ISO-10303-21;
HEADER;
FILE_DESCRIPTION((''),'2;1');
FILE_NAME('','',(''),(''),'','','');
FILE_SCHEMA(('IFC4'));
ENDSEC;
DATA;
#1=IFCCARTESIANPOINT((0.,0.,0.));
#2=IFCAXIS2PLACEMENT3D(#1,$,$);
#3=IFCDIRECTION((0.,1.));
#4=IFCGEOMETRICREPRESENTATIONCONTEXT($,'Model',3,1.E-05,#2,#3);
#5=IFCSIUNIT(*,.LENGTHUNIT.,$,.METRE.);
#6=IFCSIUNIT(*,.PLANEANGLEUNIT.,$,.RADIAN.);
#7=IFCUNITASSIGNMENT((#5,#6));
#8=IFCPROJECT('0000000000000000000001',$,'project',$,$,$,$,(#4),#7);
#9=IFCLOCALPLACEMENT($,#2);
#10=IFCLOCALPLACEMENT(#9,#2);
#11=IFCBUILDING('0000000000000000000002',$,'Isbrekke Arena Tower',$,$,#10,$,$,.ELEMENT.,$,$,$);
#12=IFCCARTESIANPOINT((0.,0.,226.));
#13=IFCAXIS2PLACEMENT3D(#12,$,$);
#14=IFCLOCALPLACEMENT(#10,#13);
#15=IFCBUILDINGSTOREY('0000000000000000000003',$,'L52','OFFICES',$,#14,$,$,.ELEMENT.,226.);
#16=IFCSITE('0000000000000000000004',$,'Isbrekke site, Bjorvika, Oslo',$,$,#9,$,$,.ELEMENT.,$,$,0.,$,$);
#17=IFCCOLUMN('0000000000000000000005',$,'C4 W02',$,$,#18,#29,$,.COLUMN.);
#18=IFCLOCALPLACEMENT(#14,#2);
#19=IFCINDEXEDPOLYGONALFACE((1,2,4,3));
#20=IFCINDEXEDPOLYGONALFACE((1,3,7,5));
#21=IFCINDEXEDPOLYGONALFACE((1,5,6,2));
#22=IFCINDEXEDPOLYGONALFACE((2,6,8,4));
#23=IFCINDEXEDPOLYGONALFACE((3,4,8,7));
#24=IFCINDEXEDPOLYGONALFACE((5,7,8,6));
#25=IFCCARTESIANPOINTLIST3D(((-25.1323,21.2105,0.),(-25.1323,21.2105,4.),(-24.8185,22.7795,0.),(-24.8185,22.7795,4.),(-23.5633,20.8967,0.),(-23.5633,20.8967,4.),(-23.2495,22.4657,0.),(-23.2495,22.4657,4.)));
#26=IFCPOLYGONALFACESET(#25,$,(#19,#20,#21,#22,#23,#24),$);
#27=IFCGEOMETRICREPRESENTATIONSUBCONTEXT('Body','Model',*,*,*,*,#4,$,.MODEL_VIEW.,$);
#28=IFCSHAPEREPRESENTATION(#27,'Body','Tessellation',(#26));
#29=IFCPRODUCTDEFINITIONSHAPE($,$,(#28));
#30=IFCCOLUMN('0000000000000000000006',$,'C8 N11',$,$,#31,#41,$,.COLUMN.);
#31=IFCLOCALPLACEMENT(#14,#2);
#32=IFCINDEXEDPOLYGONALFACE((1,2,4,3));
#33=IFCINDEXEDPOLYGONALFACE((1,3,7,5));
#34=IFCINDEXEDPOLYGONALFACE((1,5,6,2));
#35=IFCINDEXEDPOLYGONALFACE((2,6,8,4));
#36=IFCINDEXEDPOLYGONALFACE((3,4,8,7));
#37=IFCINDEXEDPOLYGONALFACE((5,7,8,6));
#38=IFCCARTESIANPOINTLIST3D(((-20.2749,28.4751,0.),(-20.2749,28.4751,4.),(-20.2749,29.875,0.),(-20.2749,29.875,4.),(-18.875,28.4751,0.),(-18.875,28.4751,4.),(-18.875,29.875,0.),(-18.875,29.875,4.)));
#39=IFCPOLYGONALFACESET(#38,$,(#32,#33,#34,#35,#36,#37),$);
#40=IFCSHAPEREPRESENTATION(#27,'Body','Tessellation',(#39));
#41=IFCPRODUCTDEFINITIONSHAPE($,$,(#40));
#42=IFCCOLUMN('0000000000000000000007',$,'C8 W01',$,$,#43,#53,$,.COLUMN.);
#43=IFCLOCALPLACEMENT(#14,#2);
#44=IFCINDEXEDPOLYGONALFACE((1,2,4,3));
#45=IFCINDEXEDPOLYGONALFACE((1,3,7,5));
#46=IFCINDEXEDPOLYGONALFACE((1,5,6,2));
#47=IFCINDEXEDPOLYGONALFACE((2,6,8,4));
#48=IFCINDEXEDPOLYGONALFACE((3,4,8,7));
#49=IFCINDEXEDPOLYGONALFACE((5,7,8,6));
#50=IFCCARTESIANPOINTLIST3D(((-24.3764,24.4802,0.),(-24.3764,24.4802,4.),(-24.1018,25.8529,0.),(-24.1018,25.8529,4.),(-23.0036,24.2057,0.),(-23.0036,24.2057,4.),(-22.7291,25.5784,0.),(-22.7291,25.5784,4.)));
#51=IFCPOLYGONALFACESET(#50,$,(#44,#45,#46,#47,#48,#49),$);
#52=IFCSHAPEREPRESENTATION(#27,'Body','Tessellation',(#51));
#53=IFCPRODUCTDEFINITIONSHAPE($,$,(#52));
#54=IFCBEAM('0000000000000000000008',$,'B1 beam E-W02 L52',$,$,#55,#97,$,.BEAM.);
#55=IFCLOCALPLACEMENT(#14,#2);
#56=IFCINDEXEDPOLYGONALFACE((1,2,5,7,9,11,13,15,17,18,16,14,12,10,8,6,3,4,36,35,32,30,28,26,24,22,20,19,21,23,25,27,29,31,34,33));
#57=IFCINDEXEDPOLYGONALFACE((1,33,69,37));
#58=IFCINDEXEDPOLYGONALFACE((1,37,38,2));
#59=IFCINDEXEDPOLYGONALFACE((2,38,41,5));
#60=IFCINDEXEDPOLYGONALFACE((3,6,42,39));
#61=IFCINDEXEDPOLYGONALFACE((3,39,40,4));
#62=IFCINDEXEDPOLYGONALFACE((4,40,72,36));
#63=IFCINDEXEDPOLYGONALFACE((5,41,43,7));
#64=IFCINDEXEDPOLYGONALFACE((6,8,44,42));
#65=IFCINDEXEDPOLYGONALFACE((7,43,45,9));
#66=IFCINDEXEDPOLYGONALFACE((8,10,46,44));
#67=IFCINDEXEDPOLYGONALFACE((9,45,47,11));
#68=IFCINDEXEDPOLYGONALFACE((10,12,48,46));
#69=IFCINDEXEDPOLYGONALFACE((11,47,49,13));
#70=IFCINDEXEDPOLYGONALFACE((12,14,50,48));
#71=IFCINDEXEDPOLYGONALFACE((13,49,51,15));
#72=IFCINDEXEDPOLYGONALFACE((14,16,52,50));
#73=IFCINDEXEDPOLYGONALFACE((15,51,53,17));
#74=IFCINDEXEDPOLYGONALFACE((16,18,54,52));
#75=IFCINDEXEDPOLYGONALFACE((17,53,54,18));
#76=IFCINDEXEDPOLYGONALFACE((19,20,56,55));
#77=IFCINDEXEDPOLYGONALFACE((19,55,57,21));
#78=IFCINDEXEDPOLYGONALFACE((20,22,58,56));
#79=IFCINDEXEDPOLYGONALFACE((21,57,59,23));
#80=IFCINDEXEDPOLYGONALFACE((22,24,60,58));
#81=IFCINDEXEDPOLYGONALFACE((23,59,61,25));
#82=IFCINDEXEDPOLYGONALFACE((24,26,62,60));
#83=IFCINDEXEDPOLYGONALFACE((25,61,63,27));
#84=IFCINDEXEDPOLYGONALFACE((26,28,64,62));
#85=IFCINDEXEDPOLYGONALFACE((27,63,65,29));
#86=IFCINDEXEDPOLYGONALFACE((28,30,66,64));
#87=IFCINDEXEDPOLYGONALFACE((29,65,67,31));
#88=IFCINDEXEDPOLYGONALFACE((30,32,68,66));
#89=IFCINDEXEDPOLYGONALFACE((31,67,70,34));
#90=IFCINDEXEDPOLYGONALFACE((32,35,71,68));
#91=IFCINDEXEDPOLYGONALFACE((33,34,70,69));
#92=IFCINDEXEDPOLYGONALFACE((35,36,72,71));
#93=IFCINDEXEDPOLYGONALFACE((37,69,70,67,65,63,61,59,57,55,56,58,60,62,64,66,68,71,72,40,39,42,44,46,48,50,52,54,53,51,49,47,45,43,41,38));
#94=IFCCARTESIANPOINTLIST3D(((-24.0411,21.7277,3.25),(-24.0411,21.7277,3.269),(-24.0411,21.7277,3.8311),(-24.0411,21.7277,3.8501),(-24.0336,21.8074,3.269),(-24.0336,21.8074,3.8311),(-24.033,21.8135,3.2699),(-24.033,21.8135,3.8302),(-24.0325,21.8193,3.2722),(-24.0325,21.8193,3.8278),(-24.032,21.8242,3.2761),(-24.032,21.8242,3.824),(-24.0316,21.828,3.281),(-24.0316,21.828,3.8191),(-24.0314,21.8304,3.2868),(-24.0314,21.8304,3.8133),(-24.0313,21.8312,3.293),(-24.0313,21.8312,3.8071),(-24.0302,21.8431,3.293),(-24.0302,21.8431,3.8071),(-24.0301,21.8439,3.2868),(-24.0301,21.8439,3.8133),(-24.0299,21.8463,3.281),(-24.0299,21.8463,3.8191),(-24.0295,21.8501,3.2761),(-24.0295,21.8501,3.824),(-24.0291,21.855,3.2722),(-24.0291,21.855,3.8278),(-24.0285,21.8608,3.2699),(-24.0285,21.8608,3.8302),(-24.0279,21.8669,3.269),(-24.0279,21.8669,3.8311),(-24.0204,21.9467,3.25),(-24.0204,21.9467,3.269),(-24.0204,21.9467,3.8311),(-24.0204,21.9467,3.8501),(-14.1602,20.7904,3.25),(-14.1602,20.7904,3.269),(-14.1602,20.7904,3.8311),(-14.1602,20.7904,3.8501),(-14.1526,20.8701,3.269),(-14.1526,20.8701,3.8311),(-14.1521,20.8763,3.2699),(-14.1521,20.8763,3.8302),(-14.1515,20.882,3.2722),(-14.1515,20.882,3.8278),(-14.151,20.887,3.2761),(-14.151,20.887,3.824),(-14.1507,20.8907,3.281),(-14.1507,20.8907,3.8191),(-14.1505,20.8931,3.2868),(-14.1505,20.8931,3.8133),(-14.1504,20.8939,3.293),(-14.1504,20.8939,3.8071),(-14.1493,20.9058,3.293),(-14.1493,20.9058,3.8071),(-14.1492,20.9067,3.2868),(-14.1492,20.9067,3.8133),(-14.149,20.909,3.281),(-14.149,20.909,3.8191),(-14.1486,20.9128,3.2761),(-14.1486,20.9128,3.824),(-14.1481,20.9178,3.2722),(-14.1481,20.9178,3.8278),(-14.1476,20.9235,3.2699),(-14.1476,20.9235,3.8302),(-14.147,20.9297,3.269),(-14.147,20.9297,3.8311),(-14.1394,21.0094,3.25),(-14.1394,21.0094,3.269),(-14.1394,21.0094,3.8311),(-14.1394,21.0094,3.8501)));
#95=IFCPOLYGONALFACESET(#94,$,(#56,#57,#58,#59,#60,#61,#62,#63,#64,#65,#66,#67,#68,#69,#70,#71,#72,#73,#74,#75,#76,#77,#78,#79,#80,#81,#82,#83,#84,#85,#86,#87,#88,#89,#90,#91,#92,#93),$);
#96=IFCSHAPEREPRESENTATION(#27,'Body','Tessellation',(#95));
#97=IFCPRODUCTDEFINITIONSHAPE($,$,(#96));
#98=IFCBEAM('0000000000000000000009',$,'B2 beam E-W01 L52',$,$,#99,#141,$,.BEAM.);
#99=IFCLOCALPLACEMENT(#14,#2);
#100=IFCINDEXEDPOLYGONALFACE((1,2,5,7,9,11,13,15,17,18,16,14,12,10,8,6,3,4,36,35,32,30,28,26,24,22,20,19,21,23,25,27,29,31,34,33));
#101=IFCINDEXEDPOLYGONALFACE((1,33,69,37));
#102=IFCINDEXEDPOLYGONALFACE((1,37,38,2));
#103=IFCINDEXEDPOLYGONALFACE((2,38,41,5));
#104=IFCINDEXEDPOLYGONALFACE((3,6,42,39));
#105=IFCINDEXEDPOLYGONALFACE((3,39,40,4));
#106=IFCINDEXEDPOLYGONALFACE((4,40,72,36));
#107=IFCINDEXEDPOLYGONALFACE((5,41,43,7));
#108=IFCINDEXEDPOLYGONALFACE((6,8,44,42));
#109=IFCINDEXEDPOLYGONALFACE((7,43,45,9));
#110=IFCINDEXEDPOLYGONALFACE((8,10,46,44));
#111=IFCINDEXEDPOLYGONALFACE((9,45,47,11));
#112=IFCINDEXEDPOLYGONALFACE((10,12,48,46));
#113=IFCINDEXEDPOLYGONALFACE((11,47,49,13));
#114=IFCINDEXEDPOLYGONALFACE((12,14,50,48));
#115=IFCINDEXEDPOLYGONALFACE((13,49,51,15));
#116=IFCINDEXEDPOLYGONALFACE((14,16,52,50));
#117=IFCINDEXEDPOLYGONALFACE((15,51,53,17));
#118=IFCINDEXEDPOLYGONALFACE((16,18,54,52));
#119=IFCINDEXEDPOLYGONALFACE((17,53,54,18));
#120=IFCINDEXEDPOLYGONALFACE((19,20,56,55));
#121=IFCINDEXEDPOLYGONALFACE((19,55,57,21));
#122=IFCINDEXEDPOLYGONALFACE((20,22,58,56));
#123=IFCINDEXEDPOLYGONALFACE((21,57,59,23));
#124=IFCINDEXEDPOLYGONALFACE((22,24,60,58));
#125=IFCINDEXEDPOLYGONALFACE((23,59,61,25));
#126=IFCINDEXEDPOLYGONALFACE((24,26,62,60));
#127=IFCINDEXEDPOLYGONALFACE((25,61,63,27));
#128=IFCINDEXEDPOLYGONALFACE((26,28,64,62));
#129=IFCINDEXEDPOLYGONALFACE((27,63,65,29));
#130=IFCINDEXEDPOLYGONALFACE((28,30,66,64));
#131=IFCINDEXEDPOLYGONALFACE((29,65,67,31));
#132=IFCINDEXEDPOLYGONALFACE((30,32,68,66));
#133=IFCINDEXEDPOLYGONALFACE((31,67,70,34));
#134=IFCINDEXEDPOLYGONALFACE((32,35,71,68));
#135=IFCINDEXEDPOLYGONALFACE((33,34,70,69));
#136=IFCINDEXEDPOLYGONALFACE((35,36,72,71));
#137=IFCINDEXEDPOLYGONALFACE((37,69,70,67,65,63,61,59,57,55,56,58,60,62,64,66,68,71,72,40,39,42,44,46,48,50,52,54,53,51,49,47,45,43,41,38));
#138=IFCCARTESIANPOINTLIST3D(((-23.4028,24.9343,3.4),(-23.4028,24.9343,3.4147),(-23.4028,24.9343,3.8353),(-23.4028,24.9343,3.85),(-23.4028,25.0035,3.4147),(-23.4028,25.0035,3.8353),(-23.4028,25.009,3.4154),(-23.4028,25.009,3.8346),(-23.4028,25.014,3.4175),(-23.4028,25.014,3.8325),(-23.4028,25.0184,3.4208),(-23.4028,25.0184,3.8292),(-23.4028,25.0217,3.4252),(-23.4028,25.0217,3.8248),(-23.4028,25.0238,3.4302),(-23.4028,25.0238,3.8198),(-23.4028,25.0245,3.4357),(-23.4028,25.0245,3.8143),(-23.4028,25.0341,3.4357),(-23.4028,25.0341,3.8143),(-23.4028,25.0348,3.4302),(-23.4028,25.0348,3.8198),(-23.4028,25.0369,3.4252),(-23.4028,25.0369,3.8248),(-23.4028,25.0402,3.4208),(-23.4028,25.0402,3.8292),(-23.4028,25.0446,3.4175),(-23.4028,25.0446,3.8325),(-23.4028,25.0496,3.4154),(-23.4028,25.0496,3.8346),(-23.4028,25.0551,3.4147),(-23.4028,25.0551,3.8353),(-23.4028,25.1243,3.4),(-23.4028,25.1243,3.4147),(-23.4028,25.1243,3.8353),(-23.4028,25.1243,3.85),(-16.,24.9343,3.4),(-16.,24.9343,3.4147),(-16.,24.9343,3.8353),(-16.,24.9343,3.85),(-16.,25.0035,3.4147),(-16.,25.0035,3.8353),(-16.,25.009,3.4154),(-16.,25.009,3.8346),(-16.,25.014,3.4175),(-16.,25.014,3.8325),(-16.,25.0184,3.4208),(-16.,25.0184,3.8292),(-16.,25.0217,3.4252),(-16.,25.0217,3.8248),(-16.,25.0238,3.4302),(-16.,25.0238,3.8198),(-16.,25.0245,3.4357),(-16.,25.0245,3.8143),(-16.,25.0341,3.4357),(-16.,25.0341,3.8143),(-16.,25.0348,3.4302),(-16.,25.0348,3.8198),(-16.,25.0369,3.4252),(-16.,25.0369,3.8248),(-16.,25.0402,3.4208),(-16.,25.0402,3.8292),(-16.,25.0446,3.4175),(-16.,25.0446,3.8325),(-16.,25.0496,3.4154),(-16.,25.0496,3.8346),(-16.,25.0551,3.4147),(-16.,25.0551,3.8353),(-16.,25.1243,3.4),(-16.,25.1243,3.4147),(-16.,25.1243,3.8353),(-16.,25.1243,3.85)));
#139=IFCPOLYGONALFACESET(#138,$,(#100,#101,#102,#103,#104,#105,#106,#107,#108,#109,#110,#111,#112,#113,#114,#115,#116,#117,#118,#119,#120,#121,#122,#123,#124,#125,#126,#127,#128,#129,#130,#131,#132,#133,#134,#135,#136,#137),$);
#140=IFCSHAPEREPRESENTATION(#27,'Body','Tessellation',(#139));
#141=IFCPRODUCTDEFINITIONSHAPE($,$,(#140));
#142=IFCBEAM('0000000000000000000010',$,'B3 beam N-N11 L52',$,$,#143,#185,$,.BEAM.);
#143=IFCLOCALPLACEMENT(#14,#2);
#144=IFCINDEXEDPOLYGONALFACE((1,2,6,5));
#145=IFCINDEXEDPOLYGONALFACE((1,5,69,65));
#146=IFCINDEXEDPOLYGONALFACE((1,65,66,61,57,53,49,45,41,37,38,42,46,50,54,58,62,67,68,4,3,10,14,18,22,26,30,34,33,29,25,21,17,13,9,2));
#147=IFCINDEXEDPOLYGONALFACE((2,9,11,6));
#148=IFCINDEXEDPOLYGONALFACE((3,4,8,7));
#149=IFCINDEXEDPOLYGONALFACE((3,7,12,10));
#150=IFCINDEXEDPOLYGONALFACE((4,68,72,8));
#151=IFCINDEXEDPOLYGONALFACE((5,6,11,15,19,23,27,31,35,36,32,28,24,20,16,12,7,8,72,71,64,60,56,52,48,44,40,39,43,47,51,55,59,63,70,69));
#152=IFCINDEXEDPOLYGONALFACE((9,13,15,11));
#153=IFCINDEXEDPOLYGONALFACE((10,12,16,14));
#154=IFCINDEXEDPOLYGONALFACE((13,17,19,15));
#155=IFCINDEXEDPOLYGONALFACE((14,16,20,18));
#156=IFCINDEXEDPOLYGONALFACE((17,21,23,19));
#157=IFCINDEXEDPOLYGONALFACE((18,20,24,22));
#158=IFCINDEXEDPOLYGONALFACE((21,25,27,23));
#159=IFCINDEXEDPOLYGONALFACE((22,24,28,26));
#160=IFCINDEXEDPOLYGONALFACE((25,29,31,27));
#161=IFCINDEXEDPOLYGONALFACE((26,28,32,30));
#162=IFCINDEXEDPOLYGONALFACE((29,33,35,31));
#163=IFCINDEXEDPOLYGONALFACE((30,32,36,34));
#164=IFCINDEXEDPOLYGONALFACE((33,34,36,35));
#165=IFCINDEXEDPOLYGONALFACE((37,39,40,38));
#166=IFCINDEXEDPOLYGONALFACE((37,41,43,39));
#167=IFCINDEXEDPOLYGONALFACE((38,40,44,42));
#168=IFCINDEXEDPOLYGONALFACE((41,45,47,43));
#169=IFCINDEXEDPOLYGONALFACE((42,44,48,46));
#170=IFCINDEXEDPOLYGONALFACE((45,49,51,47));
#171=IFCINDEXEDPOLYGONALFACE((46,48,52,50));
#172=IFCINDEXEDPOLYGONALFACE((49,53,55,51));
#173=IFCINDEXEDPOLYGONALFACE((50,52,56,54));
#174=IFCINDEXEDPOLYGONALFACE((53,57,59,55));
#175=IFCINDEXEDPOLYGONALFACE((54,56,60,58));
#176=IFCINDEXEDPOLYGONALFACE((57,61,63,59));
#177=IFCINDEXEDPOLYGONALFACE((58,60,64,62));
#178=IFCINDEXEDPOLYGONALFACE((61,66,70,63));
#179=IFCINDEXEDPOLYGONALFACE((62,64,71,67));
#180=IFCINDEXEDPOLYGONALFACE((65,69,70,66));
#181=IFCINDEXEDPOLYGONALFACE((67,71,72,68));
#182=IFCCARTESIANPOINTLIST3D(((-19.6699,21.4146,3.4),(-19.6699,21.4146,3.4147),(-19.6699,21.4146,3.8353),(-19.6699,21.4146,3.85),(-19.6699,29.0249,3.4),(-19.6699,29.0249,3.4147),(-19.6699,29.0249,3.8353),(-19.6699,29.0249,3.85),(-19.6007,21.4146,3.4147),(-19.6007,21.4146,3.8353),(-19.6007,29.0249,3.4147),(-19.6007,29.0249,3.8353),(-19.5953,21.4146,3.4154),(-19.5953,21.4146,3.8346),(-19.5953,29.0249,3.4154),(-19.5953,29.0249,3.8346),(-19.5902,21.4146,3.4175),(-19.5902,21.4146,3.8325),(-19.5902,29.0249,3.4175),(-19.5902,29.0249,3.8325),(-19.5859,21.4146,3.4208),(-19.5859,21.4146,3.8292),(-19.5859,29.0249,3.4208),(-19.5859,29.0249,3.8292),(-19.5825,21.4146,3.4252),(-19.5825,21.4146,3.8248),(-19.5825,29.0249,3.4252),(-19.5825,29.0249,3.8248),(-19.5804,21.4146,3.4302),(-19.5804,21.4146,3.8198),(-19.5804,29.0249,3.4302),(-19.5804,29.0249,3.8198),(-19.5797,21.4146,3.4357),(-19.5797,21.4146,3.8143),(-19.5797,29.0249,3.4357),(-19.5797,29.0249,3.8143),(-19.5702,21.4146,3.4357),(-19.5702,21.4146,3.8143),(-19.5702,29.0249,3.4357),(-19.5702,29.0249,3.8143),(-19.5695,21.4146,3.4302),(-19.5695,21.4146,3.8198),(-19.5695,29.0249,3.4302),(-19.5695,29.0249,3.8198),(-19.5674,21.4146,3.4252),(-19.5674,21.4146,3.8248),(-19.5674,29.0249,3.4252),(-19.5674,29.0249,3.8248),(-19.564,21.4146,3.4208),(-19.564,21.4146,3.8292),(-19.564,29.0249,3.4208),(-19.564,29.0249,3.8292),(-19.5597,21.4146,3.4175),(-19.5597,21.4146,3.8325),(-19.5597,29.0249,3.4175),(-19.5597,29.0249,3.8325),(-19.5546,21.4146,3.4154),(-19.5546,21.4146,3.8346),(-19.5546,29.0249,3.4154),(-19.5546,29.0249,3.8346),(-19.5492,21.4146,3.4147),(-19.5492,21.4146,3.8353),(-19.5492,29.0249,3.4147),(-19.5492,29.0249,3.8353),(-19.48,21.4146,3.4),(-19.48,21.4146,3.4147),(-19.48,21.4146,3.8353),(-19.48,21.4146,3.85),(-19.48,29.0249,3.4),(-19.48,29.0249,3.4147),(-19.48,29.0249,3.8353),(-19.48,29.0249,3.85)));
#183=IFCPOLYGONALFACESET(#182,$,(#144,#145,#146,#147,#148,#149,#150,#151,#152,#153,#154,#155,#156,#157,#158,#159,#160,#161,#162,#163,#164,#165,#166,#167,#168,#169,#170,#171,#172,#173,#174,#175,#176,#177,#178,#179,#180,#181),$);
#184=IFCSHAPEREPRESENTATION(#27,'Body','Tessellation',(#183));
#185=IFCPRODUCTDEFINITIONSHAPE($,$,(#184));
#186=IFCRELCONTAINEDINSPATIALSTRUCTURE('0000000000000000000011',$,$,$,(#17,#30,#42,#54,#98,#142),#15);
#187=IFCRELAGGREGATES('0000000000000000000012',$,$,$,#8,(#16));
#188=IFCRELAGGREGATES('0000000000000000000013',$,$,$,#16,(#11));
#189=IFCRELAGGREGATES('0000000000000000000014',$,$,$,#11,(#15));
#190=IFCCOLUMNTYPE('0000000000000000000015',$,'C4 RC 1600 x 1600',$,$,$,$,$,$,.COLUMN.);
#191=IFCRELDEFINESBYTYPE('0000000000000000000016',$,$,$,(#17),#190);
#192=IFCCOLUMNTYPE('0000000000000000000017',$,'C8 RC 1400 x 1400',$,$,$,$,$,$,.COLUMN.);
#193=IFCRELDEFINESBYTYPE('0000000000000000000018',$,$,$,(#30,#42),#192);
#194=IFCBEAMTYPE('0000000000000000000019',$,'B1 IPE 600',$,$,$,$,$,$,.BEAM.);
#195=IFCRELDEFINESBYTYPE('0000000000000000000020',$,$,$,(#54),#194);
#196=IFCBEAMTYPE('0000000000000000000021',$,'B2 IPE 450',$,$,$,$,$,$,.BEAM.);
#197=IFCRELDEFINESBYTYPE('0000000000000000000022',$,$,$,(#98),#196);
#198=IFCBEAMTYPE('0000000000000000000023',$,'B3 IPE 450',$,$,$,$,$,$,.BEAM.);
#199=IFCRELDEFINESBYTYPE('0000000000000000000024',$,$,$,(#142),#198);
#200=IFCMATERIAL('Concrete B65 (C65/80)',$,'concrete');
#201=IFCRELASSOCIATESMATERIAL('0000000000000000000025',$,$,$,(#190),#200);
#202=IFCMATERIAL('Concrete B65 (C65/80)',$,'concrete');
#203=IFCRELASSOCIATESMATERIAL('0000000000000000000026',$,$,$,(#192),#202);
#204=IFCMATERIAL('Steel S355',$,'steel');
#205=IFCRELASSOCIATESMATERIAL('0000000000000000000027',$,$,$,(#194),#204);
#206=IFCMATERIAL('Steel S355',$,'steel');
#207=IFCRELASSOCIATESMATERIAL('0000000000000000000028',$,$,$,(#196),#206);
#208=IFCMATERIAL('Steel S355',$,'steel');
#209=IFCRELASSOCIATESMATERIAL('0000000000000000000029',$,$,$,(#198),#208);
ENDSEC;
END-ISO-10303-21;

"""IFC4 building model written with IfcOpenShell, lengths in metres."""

from ifc_helpers import new_model, si_unit, direction, frame, origin, origin_2d, place, context, subcontext, project, spatial, rectangle, i_section, extrude, material, material_profile, profile_set, type_object, element, save


model = new_model("IFC4")

# Units and contexts
model_context = context("Model", 3, precision=1e-05, world=origin(), true_north=direction((0.0, 1.0)))
body_context = subcontext(model_context, "Body", "Model", "MODEL_VIEW")
ifc_project = project(units=[si_unit("LENGTHUNIT", "METRE"), si_unit("PLANEANGLEUNIT", "RADIAN")], contexts=[model_context])

# Site, building, storey
site_placement = place(None, origin())
site = spatial("IfcSite", under=ifc_project, at=site_placement, Name="Isbrekke site, Bjorvika, Oslo", CompositionType="ELEMENT", RefElevation=0.0)
building_placement = place(site_placement, origin())
building = spatial("IfcBuilding", under=site, at=building_placement, Name="Isbrekke Arena Tower", CompositionType="ELEMENT")
storey_placement = place(building_placement, frame((0.0, 0.0, 226.0)))
storey = spatial("IfcBuildingStorey", under=building, at=storey_placement, Name="L52", Description="OFFICES", CompositionType="ELEMENT", Elevation=226.0)

# Columns
ifc_material_1 = material(Name="Concrete B65 (C65/80)", Category="concrete")
ifc_material_profile_1 = material_profile(ifc_material_1, rectangle(XDim=1.6001, YDim=1.6001, at=origin_2d()), Name="RC 1600x1600")
ifc_profile_set_1 = profile_set([ifc_material_profile_1], Name="Concrete B65 (C65/80)")
column_type_1 = type_object("IfcColumnType", Name="C4 RC 1600 x 1600", PredefinedType="COLUMN", material=ifc_profile_set_1)
column_placement = place(storey_placement, frame((-24.1909, 21.8381, 0.0), z_axis=(0.0, 0.0, 1.0), x_axis=(-0.196116, -0.980581, 0.0)))
element("IfcColumn", 1, at=column_placement, inside=storey, type_object=column_type_1, Name="C4 W02", PredefinedType="COLUMN", context=body_context, shape_type="SweptSolid", body=[
    extrude(rectangle(XDim=1.6001, YDim=1.6001, at=origin_2d()), origin(), (0.0, 0.0, 1.0), 4.0),
])
ifc_material_2 = material(Name="Concrete B65 (C65/80)", Category="concrete")
ifc_material_profile_2 = material_profile(ifc_material_2, rectangle(XDim=1.3999, YDim=1.3999, at=origin_2d()), Name="RC 1400x1400")
ifc_profile_set_2 = profile_set([ifc_material_profile_2], Name="Concrete B65 (C65/80)")
column_type_2 = type_object("IfcColumnType", Name="C8 RC 1400 x 1400", PredefinedType="COLUMN", material=ifc_profile_set_2)
for number, where, z_axis, x_axis, name in (
    (2, (-19.575, 29.175, 0.0), (0.0, 0.0, 1.0), (-1.0, 0.0, 0.0), "C8 N11"),
    (3, (-23.5527, 25.0293, 0.0), (0.0, 0.0, 1.0), (-0.196116, -0.980581, 0.0), "C8 W01"),
):
    element("IfcColumn", number, at=place(storey_placement, frame(where, z_axis=z_axis, x_axis=x_axis)), inside=storey, type_object=column_type_2, Name=name, PredefinedType="COLUMN", context=body_context, shape_type="SweptSolid", body=[
        extrude(rectangle(XDim=1.3999, YDim=1.3999, at=origin_2d()), origin(), (0.0, 0.0, 1.0), 4.0),
    ])

# Beams
ifc_material_3 = material(Name="Steel S355", Category="steel")
ifc_material_profile_3 = material_profile(ifc_material_3, i_section(OverallWidth=0.22, OverallDepth=0.6001, WebThickness=0.012, FlangeThickness=0.019, FilletRadius=0.0239, at=origin_2d()), Name="IPE 600")
ifc_profile_set_3 = profile_set([ifc_material_profile_3], Name="Steel S355")
beam_type_1 = type_object("IfcBeamType", Name="B1 IPE 600", PredefinedType="BEAM", material=ifc_profile_set_3)
beam_1_placement = place(storey_placement, frame((-24.0308, 21.8372, 3.55), z_axis=(0.995531, -0.094432, 0.0), x_axis=(0.094432, 0.995531, 0.0)))
element("IfcBeam", 4, at=beam_1_placement, inside=storey, type_object=beam_type_1, Name="B1 beam E-W02 L52", PredefinedType="BEAM", context=body_context, shape_type="SweptSolid", body=[
    extrude(i_section(OverallWidth=0.22, OverallDepth=0.6001, WebThickness=0.012, FlangeThickness=0.019, FilletRadius=0.0239, at=origin_2d()), origin(), (0.0, 0.0, 1.0), 9.9253),
])
ifc_material_4 = material(Name="Steel S355", Category="steel")
ifc_material_profile_4 = material_profile(ifc_material_4, i_section(OverallWidth=0.1899, OverallDepth=0.45, WebThickness=0.0095, FlangeThickness=0.0146, FilletRadius=0.021, at=origin_2d()), Name="IPE 450")
ifc_profile_set_4 = profile_set([ifc_material_profile_4], Name="Steel S355")
beam_type_2 = type_object("IfcBeamType", Name="B2 IPE 450", PredefinedType="BEAM", material=ifc_profile_set_4)
beam_2_placement = place(storey_placement, frame((-23.4028, 25.0293, 3.625), z_axis=(1.0, 0.0, 0.0), x_axis=(0.0, 1.0, 0.0)))
element("IfcBeam", 5, at=beam_2_placement, inside=storey, type_object=beam_type_2, Name="B2 beam E-W01 L52", PredefinedType="BEAM", context=body_context, shape_type="SweptSolid", body=[
    extrude(i_section(OverallWidth=0.1899, OverallDepth=0.45, WebThickness=0.0095, FlangeThickness=0.0146, FilletRadius=0.021, at=origin_2d()), origin(), (0.0, 0.0, 1.0), 7.4028),
])
ifc_material_5 = material(Name="Steel S355", Category="steel")
ifc_material_profile_5 = material_profile(ifc_material_5, i_section(OverallWidth=0.1899, OverallDepth=0.45, WebThickness=0.0095, FlangeThickness=0.0146, FilletRadius=0.021, at=origin_2d()), Name="IPE 450")
ifc_profile_set_5 = profile_set([ifc_material_profile_5], Name="Steel S355")
beam_type_3 = type_object("IfcBeamType", Name="B3 IPE 450", PredefinedType="BEAM", material=ifc_profile_set_5)
beam_3_placement = place(storey_placement, frame((-19.575, 29.0249, 3.625), z_axis=(0.0, -1.0, 0.0), x_axis=(1.0, 0.0, 0.0)))
element("IfcBeam", 6, at=beam_3_placement, inside=storey, type_object=beam_type_3, Name="B3 beam N-N11 L52", PredefinedType="BEAM", context=body_context, shape_type="SweptSolid", body=[
    extrude(i_section(OverallWidth=0.1899, OverallDepth=0.45, WebThickness=0.0095, FlangeThickness=0.0146, FilletRadius=0.021, at=origin_2d()), origin(), (0.0, 0.0, 1.0), 7.6104),
])

save(model, "model.ifc")
